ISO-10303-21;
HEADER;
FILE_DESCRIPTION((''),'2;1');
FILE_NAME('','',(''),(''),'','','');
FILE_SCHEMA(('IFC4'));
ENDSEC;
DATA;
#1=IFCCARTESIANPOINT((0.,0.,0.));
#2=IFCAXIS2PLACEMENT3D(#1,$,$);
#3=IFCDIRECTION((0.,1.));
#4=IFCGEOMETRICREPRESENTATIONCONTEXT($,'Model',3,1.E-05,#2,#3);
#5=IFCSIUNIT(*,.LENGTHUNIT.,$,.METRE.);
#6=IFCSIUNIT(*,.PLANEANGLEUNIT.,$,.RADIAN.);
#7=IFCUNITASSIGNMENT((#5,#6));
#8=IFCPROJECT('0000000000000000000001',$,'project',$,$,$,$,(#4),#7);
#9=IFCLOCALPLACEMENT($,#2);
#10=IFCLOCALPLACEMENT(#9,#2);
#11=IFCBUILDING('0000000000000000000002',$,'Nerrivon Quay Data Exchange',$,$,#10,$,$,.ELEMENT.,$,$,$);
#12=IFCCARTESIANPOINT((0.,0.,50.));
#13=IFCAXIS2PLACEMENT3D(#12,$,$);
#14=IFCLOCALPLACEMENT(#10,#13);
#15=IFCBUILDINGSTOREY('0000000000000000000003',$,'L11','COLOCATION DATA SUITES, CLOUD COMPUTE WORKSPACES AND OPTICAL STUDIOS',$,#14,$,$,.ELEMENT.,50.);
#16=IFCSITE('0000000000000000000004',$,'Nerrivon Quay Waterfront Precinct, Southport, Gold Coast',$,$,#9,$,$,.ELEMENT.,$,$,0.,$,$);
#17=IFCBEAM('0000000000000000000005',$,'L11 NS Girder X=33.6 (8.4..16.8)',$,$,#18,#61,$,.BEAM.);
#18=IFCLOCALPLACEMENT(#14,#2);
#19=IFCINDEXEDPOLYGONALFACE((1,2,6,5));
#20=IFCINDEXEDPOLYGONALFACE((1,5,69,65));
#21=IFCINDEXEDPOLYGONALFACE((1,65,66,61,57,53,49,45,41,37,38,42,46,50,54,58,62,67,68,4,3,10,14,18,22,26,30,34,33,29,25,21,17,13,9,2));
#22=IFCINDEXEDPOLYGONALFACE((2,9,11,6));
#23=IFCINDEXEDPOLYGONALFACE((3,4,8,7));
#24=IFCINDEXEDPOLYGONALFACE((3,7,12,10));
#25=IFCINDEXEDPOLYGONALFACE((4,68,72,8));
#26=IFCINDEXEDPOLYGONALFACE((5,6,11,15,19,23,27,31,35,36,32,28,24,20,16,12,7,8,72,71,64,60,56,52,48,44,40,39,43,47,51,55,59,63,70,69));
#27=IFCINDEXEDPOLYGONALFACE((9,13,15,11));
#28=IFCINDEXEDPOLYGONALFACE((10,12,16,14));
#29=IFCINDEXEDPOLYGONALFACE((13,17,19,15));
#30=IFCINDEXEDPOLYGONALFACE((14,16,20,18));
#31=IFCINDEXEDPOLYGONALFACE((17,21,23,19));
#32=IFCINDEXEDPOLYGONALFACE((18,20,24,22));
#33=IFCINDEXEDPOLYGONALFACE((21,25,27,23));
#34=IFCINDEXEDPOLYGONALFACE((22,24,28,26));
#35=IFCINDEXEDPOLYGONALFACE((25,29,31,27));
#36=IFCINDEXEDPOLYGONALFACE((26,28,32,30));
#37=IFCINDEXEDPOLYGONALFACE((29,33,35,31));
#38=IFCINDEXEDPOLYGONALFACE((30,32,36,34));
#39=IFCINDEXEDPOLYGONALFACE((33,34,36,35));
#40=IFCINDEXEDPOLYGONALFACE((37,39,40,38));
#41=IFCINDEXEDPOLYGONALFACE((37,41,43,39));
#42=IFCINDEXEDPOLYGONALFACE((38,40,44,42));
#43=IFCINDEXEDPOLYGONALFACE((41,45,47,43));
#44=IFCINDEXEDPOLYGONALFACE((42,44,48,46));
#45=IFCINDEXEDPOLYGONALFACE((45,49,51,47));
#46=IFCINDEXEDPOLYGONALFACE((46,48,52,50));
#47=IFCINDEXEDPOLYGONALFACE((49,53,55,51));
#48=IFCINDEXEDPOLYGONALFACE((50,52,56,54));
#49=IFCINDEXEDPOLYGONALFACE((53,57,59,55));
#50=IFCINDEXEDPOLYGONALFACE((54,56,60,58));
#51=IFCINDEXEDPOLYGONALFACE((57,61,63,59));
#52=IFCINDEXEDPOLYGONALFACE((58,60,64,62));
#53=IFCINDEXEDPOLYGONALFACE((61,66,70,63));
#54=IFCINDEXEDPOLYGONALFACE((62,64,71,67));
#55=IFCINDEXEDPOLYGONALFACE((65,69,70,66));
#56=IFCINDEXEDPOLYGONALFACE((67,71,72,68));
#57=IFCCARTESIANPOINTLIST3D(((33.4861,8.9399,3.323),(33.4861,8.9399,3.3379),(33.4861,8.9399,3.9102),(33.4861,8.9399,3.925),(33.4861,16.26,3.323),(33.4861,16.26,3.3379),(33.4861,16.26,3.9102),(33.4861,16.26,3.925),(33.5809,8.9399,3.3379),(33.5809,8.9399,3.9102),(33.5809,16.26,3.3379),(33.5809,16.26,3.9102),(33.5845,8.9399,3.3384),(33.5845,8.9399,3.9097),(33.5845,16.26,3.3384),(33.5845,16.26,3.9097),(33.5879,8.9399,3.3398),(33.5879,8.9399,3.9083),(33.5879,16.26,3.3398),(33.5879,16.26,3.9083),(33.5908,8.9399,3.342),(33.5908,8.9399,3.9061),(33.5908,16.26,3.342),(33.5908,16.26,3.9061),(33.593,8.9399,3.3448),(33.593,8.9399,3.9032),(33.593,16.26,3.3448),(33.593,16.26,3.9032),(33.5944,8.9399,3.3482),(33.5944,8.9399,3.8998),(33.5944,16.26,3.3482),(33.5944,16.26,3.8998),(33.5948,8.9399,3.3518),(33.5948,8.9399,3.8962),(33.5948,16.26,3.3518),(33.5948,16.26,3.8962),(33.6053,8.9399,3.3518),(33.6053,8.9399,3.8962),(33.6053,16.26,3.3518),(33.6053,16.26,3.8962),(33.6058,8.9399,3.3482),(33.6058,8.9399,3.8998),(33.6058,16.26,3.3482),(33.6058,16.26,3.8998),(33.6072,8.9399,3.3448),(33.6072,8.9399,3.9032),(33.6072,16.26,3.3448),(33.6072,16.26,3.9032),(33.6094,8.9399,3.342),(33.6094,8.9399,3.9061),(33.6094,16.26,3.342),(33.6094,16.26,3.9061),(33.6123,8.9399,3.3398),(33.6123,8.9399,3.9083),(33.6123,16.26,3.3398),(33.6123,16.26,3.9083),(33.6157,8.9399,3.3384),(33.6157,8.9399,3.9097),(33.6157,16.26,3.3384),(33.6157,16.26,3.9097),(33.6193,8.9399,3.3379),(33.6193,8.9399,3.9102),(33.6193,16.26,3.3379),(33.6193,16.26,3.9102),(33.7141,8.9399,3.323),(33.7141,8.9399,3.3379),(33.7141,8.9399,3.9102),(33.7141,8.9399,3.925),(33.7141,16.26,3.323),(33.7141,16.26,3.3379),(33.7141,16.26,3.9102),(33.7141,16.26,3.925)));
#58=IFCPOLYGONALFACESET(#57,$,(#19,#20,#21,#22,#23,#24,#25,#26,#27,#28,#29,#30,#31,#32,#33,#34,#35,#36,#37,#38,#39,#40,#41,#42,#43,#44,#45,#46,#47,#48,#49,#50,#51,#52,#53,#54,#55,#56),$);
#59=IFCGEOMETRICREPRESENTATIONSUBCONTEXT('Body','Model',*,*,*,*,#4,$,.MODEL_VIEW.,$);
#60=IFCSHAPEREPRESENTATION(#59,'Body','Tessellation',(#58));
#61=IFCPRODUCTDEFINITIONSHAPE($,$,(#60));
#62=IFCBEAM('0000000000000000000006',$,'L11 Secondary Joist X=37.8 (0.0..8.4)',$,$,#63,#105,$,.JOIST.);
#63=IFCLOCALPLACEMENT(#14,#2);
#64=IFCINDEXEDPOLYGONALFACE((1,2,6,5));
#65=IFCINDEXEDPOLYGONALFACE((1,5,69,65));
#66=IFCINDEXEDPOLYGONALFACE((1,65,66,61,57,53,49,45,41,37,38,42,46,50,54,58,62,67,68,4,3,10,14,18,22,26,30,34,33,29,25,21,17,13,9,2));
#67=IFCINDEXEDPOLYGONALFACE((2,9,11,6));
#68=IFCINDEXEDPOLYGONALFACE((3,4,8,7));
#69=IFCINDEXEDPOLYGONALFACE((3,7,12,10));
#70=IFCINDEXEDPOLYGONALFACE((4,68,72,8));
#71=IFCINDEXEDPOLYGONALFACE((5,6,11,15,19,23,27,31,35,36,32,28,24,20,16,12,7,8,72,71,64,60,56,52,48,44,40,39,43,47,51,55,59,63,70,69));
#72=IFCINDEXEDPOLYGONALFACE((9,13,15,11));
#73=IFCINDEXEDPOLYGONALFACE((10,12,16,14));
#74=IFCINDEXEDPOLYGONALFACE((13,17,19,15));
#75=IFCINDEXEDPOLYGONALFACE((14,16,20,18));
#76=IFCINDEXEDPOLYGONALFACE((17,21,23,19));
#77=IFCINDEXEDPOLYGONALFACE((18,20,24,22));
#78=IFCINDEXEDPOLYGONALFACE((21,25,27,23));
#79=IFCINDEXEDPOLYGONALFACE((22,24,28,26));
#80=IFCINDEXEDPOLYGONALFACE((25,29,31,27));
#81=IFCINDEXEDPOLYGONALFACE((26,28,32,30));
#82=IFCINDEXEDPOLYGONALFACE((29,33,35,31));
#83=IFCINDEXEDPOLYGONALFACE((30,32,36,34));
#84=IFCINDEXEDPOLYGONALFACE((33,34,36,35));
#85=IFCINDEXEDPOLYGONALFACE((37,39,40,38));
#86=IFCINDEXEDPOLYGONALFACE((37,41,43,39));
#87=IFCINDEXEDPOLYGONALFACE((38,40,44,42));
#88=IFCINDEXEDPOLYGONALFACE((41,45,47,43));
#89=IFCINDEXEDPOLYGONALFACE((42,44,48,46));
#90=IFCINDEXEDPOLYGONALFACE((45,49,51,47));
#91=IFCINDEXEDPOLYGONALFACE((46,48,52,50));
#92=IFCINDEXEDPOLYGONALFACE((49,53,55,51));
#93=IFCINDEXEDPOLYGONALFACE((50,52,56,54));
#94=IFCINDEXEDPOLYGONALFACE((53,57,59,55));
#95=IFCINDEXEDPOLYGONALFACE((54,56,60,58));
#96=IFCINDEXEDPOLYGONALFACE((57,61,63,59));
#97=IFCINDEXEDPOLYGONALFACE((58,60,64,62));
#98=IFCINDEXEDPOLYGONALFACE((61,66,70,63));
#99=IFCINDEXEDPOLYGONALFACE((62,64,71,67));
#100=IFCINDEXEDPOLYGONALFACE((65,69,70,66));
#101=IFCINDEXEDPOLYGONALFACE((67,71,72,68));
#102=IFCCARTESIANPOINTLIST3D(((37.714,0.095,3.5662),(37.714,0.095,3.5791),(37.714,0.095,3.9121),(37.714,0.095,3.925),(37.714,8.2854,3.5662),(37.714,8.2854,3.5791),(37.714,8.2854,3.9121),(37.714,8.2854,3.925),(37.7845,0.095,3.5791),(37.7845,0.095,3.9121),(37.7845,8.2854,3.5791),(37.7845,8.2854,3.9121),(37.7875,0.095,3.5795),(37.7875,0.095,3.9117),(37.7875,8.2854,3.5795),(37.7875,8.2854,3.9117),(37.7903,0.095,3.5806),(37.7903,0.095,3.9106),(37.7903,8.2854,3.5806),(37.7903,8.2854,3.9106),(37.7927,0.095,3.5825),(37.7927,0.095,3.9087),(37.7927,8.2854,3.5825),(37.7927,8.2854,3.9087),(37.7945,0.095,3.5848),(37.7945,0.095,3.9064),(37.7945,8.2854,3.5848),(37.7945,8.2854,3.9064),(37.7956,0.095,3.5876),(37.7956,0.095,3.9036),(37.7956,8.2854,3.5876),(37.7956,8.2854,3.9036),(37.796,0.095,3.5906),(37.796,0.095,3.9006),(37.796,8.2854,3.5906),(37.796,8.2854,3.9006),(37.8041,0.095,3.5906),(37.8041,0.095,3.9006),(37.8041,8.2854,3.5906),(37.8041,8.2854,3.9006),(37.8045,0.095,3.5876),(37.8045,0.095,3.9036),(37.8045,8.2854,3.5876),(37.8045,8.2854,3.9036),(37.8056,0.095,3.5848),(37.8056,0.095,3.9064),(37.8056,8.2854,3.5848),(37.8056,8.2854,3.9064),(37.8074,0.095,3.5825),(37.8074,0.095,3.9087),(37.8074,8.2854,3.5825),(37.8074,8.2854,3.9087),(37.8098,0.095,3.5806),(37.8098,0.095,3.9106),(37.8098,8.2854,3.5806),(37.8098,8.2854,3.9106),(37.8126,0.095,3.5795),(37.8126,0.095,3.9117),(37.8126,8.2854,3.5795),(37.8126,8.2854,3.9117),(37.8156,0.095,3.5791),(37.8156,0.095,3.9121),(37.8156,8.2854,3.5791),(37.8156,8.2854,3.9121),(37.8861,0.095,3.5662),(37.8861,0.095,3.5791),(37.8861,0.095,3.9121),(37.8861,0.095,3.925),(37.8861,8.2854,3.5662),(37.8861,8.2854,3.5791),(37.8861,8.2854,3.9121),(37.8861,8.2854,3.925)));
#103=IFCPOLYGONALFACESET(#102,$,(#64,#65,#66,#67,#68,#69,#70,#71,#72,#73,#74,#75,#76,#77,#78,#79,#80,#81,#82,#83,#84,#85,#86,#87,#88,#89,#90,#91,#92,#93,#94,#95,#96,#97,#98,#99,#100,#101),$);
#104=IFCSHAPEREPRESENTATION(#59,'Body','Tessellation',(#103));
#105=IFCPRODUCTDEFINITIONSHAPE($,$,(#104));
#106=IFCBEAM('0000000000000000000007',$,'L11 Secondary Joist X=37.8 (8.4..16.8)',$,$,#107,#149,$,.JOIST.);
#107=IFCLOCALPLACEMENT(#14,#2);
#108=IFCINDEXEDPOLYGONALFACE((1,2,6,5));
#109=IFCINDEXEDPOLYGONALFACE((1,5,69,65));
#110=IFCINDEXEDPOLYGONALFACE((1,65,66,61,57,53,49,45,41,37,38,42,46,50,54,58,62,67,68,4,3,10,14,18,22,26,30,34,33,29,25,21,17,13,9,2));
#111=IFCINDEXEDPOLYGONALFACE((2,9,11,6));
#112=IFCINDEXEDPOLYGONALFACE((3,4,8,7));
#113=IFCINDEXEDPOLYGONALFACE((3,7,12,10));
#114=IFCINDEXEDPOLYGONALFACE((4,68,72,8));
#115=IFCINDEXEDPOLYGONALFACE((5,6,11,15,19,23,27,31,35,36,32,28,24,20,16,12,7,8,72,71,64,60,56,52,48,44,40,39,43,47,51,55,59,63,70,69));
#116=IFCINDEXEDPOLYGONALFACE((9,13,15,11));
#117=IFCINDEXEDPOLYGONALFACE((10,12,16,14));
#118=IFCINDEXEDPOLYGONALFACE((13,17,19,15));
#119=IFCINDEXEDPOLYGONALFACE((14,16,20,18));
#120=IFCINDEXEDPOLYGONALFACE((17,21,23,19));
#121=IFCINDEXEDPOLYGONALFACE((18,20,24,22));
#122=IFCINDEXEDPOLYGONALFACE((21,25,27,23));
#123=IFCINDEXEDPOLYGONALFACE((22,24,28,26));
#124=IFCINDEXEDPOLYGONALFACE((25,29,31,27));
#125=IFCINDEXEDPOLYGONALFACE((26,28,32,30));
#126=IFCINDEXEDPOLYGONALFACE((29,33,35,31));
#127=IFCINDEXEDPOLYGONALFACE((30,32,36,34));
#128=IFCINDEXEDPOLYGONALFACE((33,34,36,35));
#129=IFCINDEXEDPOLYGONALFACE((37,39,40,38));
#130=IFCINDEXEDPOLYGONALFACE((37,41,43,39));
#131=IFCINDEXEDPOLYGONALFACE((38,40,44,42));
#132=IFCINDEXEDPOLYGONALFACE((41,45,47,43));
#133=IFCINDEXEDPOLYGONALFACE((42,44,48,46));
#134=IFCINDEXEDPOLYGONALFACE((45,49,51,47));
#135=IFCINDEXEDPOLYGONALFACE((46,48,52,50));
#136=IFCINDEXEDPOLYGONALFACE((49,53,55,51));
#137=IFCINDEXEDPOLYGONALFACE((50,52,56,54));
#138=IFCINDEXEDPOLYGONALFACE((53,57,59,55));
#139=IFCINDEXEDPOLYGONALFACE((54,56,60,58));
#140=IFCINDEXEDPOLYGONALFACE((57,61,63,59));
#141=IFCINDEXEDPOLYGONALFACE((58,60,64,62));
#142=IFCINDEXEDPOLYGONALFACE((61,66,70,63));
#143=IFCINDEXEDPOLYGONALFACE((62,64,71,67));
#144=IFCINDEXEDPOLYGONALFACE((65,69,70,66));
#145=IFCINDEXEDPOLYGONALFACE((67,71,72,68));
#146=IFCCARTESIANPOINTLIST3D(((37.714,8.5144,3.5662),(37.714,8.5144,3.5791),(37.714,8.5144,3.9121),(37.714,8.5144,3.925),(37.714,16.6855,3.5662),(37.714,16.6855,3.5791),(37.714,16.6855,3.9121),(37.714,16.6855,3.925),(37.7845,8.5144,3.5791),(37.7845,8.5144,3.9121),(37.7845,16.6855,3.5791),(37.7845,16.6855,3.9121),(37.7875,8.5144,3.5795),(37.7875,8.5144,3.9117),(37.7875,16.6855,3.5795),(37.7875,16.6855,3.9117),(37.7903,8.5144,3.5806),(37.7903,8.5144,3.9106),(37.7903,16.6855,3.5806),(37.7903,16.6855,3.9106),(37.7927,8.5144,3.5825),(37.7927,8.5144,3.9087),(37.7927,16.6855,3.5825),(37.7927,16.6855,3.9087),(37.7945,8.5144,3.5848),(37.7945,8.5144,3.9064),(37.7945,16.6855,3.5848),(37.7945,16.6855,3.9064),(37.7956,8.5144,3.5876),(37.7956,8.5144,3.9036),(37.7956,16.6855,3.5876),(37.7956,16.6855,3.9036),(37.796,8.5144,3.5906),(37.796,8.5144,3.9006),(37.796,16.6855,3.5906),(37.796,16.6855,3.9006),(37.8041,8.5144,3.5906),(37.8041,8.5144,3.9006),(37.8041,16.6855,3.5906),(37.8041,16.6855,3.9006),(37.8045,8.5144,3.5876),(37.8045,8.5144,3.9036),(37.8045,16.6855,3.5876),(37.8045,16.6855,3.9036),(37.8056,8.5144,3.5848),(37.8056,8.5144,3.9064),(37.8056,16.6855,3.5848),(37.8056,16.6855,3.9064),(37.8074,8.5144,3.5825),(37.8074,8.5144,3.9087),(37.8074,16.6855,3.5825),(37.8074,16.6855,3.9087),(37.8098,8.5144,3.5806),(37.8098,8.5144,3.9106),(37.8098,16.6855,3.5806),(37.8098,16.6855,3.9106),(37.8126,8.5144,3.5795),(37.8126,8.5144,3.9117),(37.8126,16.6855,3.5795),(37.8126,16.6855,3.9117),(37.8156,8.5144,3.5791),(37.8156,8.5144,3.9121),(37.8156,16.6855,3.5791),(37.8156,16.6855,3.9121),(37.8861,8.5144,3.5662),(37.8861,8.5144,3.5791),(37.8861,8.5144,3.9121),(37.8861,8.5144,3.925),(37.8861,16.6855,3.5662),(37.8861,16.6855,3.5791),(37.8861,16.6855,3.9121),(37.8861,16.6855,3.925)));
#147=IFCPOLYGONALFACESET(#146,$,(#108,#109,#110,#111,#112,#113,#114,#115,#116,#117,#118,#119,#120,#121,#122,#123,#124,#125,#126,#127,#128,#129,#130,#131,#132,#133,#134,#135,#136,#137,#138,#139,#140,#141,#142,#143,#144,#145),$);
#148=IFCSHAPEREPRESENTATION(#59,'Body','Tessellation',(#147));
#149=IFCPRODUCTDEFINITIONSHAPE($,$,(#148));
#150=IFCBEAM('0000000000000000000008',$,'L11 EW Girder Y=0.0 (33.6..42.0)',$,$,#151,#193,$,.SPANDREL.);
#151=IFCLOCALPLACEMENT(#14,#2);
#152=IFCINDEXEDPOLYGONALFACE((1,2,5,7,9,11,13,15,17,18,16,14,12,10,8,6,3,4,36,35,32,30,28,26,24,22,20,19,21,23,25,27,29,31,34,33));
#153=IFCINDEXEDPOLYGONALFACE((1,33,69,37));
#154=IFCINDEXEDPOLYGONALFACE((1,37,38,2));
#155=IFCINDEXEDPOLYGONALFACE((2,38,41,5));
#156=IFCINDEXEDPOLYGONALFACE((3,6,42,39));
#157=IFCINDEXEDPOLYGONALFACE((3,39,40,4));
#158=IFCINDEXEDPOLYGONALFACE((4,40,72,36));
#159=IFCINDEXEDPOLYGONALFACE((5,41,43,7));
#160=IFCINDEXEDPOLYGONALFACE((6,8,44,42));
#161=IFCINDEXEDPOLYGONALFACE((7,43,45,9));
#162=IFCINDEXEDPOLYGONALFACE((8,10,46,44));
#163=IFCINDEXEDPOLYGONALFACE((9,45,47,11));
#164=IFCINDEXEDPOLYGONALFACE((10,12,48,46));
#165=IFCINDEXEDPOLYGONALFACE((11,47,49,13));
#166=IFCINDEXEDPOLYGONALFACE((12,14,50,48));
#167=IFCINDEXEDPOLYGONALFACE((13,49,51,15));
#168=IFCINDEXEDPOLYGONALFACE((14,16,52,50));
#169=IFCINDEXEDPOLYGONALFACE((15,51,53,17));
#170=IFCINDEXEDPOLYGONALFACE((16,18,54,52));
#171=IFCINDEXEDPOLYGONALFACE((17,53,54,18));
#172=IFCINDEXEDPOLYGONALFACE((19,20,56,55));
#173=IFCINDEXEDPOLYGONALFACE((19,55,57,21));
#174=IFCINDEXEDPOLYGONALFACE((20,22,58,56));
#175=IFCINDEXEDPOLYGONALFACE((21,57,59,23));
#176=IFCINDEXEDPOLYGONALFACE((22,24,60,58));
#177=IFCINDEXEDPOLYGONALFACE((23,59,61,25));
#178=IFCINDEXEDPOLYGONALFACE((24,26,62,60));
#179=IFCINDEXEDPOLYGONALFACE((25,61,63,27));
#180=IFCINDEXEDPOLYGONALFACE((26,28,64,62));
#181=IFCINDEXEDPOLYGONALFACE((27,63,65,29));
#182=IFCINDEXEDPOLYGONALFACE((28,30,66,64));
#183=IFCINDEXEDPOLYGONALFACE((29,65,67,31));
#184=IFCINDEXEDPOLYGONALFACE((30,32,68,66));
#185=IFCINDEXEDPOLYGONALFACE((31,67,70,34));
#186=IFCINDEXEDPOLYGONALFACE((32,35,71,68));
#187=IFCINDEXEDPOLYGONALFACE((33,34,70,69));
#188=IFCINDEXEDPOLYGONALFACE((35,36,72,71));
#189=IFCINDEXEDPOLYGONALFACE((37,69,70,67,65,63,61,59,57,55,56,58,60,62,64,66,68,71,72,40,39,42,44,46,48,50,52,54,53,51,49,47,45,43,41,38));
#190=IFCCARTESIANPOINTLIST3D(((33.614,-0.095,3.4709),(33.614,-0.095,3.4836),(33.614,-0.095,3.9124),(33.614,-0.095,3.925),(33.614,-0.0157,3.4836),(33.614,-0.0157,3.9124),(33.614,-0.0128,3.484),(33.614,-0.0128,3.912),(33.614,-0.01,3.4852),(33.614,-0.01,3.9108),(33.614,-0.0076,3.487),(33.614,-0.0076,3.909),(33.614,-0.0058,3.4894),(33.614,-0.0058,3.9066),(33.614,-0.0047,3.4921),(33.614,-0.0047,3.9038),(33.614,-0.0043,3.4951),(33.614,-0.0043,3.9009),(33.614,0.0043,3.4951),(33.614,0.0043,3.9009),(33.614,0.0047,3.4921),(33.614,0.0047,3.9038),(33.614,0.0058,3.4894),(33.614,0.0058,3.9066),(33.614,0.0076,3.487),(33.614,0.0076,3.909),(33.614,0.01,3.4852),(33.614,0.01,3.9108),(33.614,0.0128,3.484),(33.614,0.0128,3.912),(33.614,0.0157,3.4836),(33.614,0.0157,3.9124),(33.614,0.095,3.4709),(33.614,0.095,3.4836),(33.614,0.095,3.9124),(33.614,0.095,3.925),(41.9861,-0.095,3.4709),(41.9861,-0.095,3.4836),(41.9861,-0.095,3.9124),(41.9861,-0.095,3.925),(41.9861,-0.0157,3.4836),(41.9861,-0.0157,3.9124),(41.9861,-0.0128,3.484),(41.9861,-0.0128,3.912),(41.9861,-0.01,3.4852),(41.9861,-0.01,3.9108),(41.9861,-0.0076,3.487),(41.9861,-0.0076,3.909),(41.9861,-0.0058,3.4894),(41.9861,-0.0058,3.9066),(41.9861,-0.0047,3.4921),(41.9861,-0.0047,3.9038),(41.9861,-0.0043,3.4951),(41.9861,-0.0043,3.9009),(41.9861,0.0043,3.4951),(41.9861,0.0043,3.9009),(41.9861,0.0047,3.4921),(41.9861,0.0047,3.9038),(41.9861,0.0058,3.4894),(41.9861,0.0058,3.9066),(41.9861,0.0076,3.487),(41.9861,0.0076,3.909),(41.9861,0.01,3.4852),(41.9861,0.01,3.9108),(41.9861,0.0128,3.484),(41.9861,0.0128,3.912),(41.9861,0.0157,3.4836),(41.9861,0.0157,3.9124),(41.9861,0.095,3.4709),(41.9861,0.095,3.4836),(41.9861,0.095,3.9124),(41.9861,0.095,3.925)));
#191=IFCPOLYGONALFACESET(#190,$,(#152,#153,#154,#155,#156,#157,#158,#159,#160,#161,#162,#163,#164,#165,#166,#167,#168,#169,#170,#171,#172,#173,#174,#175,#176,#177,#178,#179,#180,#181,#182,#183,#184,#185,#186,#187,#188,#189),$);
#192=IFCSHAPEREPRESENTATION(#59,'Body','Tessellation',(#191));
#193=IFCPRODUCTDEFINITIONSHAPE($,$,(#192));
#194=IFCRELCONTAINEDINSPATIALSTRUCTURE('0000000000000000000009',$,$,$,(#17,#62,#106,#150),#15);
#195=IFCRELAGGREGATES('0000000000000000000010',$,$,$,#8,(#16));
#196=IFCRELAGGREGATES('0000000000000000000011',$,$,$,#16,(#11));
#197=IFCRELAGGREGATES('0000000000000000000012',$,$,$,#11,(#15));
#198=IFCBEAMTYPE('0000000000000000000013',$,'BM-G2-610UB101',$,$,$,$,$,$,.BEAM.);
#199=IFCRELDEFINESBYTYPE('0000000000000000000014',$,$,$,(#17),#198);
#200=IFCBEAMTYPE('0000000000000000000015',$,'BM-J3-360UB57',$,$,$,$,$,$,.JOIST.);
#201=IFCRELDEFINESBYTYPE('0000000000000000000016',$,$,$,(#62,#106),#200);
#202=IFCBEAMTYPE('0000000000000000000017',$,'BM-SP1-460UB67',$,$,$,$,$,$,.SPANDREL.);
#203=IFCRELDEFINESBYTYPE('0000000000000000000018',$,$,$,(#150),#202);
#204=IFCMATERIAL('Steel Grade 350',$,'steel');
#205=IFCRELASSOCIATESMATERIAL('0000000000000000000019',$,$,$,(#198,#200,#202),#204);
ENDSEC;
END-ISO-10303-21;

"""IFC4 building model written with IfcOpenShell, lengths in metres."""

from ifc_helpers import new_model, si_unit, direction, frame, origin, origin_2d, place, context, subcontext, project, spatial, i_section, extrude, material, material_profile, profile_set, type_object, element, save


model = new_model("IFC4")

# Units and contexts
model_context = context("Model", 3, precision=1e-05, world=origin(), true_north=direction((0.0, 1.0)))
body_context = subcontext(model_context, "Body", "Model", "MODEL_VIEW")
ifc_project = project(units=[si_unit("LENGTHUNIT", "METRE"), si_unit("PLANEANGLEUNIT", "RADIAN")], contexts=[model_context])

# Site, building, storey
site_placement = place(None, origin())
site = spatial("IfcSite", under=ifc_project, at=site_placement, Name="Nerrivon Quay Waterfront Precinct, Southport, Gold Coast", CompositionType="ELEMENT", RefElevation=0.0)
building_placement = place(site_placement, origin())
building = spatial("IfcBuilding", under=site, at=building_placement, Name="Nerrivon Quay Data Exchange", CompositionType="ELEMENT")
storey_placement = place(building_placement, frame((0.0, 0.0, 50.0)))
storey = spatial("IfcBuildingStorey", under=building, at=storey_placement, Name="L11", Description="COLOCATION DATA SUITES, CLOUD COMPUTE WORKSPACES AND OPTICAL STUDIOS", CompositionType="ELEMENT", Elevation=50.0)

# Shared definitions
ifc_material_1 = material(Name="Steel Grade 350", Category="steel")

# Beams
ifc_material_profile_1 = material_profile(ifc_material_1, i_section(OverallWidth=0.228, OverallDepth=0.6021, WebThickness=0.0105, FlangeThickness=0.0149, FilletRadius=0.0139, at=origin_2d()), Name="610UB101")
ifc_profile_set_1 = profile_set([ifc_material_profile_1], Name="Steel Grade 350")
beam_type_1 = type_object("IfcBeamType", Name="BM-G2-610UB101", PredefinedType="BEAM", material=ifc_profile_set_1)
beam_1_placement = place(storey_placement, frame((33.6001, 8.9399, 3.624), z_axis=(0.0, 1.0, 0.0), x_axis=(-1.0, 0.0, 0.0)))
element("IfcBeam", 1, at=beam_1_placement, inside=storey, type_object=beam_type_1, Name="L11 NS Girder X=33.6 (8.4..16.8)", PredefinedType="BEAM", context=body_context, shape_type="SweptSolid", body=[
    extrude(i_section(OverallWidth=0.228, OverallDepth=0.6021, WebThickness=0.0105, FlangeThickness=0.0149, FilletRadius=0.0139, at=origin_2d()), origin(), (0.0, 0.0, 1.0), 7.3201),
])
ifc_material_profile_2 = material_profile(ifc_material_1, i_section(OverallWidth=0.1721, OverallDepth=0.3589, WebThickness=0.0081, FlangeThickness=0.0129, FilletRadius=0.0115, at=origin_2d()), Name="360UB56.7")
ifc_profile_set_2 = profile_set([ifc_material_profile_2], Name="Steel Grade 350")
beam_type_2 = type_object("IfcBeamType", Name="BM-J3-360UB57", PredefinedType="JOIST", material=ifc_profile_set_2)
beam_2_placement = place(storey_placement, frame((37.8, 0.095, 3.7456), z_axis=(0.0, 1.0, 0.0), x_axis=(-1.0, 0.0, 0.0)))
element("IfcBeam", 2, at=beam_2_placement, inside=storey, type_object=beam_type_2, Name="L11 Secondary Joist X=37.8 (0.0..8.4)", PredefinedType="JOIST", context=body_context, shape_type="SweptSolid", body=[
    extrude(i_section(OverallWidth=0.1721, OverallDepth=0.3589, WebThickness=0.0081, FlangeThickness=0.0129, FilletRadius=0.0115, at=origin_2d()), origin(), (0.0, 0.0, 1.0), 8.1904),
])
beam_3_placement = place(storey_placement, frame((37.8, 8.5144, 3.7456), z_axis=(0.0, 1.0, 0.0), x_axis=(-1.0, 0.0, 0.0)))
element("IfcBeam", 3, at=beam_3_placement, inside=storey, type_object=beam_type_2, Name="L11 Secondary Joist X=37.8 (8.4..16.8)", PredefinedType="JOIST", context=body_context, shape_type="SweptSolid", body=[
    extrude(i_section(OverallWidth=0.1721, OverallDepth=0.3589, WebThickness=0.0081, FlangeThickness=0.0129, FilletRadius=0.0115, at=origin_2d()), origin(), (0.0, 0.0, 1.0), 8.1711),
])
ifc_material_profile_3 = material_profile(ifc_material_1, i_section(OverallWidth=0.1899, OverallDepth=0.4541, WebThickness=0.0085, FlangeThickness=0.0127, FilletRadius=0.0115, at=origin_2d()), Name="460UB67.1")
ifc_profile_set_3 = profile_set([ifc_material_profile_3], Name="Steel Grade 350")
beam_type_3 = type_object("IfcBeamType", Name="BM-SP1-460UB67", PredefinedType="SPANDREL", material=ifc_profile_set_3)
beam_4_placement = place(storey_placement, frame((33.614, 0.0, 3.698), z_axis=(1.0, 0.0, 0.0), x_axis=(0.0, 1.0, 0.0)))
element("IfcBeam", 4, at=beam_4_placement, inside=storey, type_object=beam_type_3, Name="L11 EW Girder Y=0.0 (33.6..42.0)", PredefinedType="SPANDREL", context=body_context, shape_type="SweptSolid", body=[
    extrude(i_section(OverallWidth=0.1899, OverallDepth=0.4541, WebThickness=0.0085, FlangeThickness=0.0127, FilletRadius=0.0115, at=origin_2d()), origin(), (0.0, 0.0, 1.0), 8.3721),
])

save(model, "model.ifc")
